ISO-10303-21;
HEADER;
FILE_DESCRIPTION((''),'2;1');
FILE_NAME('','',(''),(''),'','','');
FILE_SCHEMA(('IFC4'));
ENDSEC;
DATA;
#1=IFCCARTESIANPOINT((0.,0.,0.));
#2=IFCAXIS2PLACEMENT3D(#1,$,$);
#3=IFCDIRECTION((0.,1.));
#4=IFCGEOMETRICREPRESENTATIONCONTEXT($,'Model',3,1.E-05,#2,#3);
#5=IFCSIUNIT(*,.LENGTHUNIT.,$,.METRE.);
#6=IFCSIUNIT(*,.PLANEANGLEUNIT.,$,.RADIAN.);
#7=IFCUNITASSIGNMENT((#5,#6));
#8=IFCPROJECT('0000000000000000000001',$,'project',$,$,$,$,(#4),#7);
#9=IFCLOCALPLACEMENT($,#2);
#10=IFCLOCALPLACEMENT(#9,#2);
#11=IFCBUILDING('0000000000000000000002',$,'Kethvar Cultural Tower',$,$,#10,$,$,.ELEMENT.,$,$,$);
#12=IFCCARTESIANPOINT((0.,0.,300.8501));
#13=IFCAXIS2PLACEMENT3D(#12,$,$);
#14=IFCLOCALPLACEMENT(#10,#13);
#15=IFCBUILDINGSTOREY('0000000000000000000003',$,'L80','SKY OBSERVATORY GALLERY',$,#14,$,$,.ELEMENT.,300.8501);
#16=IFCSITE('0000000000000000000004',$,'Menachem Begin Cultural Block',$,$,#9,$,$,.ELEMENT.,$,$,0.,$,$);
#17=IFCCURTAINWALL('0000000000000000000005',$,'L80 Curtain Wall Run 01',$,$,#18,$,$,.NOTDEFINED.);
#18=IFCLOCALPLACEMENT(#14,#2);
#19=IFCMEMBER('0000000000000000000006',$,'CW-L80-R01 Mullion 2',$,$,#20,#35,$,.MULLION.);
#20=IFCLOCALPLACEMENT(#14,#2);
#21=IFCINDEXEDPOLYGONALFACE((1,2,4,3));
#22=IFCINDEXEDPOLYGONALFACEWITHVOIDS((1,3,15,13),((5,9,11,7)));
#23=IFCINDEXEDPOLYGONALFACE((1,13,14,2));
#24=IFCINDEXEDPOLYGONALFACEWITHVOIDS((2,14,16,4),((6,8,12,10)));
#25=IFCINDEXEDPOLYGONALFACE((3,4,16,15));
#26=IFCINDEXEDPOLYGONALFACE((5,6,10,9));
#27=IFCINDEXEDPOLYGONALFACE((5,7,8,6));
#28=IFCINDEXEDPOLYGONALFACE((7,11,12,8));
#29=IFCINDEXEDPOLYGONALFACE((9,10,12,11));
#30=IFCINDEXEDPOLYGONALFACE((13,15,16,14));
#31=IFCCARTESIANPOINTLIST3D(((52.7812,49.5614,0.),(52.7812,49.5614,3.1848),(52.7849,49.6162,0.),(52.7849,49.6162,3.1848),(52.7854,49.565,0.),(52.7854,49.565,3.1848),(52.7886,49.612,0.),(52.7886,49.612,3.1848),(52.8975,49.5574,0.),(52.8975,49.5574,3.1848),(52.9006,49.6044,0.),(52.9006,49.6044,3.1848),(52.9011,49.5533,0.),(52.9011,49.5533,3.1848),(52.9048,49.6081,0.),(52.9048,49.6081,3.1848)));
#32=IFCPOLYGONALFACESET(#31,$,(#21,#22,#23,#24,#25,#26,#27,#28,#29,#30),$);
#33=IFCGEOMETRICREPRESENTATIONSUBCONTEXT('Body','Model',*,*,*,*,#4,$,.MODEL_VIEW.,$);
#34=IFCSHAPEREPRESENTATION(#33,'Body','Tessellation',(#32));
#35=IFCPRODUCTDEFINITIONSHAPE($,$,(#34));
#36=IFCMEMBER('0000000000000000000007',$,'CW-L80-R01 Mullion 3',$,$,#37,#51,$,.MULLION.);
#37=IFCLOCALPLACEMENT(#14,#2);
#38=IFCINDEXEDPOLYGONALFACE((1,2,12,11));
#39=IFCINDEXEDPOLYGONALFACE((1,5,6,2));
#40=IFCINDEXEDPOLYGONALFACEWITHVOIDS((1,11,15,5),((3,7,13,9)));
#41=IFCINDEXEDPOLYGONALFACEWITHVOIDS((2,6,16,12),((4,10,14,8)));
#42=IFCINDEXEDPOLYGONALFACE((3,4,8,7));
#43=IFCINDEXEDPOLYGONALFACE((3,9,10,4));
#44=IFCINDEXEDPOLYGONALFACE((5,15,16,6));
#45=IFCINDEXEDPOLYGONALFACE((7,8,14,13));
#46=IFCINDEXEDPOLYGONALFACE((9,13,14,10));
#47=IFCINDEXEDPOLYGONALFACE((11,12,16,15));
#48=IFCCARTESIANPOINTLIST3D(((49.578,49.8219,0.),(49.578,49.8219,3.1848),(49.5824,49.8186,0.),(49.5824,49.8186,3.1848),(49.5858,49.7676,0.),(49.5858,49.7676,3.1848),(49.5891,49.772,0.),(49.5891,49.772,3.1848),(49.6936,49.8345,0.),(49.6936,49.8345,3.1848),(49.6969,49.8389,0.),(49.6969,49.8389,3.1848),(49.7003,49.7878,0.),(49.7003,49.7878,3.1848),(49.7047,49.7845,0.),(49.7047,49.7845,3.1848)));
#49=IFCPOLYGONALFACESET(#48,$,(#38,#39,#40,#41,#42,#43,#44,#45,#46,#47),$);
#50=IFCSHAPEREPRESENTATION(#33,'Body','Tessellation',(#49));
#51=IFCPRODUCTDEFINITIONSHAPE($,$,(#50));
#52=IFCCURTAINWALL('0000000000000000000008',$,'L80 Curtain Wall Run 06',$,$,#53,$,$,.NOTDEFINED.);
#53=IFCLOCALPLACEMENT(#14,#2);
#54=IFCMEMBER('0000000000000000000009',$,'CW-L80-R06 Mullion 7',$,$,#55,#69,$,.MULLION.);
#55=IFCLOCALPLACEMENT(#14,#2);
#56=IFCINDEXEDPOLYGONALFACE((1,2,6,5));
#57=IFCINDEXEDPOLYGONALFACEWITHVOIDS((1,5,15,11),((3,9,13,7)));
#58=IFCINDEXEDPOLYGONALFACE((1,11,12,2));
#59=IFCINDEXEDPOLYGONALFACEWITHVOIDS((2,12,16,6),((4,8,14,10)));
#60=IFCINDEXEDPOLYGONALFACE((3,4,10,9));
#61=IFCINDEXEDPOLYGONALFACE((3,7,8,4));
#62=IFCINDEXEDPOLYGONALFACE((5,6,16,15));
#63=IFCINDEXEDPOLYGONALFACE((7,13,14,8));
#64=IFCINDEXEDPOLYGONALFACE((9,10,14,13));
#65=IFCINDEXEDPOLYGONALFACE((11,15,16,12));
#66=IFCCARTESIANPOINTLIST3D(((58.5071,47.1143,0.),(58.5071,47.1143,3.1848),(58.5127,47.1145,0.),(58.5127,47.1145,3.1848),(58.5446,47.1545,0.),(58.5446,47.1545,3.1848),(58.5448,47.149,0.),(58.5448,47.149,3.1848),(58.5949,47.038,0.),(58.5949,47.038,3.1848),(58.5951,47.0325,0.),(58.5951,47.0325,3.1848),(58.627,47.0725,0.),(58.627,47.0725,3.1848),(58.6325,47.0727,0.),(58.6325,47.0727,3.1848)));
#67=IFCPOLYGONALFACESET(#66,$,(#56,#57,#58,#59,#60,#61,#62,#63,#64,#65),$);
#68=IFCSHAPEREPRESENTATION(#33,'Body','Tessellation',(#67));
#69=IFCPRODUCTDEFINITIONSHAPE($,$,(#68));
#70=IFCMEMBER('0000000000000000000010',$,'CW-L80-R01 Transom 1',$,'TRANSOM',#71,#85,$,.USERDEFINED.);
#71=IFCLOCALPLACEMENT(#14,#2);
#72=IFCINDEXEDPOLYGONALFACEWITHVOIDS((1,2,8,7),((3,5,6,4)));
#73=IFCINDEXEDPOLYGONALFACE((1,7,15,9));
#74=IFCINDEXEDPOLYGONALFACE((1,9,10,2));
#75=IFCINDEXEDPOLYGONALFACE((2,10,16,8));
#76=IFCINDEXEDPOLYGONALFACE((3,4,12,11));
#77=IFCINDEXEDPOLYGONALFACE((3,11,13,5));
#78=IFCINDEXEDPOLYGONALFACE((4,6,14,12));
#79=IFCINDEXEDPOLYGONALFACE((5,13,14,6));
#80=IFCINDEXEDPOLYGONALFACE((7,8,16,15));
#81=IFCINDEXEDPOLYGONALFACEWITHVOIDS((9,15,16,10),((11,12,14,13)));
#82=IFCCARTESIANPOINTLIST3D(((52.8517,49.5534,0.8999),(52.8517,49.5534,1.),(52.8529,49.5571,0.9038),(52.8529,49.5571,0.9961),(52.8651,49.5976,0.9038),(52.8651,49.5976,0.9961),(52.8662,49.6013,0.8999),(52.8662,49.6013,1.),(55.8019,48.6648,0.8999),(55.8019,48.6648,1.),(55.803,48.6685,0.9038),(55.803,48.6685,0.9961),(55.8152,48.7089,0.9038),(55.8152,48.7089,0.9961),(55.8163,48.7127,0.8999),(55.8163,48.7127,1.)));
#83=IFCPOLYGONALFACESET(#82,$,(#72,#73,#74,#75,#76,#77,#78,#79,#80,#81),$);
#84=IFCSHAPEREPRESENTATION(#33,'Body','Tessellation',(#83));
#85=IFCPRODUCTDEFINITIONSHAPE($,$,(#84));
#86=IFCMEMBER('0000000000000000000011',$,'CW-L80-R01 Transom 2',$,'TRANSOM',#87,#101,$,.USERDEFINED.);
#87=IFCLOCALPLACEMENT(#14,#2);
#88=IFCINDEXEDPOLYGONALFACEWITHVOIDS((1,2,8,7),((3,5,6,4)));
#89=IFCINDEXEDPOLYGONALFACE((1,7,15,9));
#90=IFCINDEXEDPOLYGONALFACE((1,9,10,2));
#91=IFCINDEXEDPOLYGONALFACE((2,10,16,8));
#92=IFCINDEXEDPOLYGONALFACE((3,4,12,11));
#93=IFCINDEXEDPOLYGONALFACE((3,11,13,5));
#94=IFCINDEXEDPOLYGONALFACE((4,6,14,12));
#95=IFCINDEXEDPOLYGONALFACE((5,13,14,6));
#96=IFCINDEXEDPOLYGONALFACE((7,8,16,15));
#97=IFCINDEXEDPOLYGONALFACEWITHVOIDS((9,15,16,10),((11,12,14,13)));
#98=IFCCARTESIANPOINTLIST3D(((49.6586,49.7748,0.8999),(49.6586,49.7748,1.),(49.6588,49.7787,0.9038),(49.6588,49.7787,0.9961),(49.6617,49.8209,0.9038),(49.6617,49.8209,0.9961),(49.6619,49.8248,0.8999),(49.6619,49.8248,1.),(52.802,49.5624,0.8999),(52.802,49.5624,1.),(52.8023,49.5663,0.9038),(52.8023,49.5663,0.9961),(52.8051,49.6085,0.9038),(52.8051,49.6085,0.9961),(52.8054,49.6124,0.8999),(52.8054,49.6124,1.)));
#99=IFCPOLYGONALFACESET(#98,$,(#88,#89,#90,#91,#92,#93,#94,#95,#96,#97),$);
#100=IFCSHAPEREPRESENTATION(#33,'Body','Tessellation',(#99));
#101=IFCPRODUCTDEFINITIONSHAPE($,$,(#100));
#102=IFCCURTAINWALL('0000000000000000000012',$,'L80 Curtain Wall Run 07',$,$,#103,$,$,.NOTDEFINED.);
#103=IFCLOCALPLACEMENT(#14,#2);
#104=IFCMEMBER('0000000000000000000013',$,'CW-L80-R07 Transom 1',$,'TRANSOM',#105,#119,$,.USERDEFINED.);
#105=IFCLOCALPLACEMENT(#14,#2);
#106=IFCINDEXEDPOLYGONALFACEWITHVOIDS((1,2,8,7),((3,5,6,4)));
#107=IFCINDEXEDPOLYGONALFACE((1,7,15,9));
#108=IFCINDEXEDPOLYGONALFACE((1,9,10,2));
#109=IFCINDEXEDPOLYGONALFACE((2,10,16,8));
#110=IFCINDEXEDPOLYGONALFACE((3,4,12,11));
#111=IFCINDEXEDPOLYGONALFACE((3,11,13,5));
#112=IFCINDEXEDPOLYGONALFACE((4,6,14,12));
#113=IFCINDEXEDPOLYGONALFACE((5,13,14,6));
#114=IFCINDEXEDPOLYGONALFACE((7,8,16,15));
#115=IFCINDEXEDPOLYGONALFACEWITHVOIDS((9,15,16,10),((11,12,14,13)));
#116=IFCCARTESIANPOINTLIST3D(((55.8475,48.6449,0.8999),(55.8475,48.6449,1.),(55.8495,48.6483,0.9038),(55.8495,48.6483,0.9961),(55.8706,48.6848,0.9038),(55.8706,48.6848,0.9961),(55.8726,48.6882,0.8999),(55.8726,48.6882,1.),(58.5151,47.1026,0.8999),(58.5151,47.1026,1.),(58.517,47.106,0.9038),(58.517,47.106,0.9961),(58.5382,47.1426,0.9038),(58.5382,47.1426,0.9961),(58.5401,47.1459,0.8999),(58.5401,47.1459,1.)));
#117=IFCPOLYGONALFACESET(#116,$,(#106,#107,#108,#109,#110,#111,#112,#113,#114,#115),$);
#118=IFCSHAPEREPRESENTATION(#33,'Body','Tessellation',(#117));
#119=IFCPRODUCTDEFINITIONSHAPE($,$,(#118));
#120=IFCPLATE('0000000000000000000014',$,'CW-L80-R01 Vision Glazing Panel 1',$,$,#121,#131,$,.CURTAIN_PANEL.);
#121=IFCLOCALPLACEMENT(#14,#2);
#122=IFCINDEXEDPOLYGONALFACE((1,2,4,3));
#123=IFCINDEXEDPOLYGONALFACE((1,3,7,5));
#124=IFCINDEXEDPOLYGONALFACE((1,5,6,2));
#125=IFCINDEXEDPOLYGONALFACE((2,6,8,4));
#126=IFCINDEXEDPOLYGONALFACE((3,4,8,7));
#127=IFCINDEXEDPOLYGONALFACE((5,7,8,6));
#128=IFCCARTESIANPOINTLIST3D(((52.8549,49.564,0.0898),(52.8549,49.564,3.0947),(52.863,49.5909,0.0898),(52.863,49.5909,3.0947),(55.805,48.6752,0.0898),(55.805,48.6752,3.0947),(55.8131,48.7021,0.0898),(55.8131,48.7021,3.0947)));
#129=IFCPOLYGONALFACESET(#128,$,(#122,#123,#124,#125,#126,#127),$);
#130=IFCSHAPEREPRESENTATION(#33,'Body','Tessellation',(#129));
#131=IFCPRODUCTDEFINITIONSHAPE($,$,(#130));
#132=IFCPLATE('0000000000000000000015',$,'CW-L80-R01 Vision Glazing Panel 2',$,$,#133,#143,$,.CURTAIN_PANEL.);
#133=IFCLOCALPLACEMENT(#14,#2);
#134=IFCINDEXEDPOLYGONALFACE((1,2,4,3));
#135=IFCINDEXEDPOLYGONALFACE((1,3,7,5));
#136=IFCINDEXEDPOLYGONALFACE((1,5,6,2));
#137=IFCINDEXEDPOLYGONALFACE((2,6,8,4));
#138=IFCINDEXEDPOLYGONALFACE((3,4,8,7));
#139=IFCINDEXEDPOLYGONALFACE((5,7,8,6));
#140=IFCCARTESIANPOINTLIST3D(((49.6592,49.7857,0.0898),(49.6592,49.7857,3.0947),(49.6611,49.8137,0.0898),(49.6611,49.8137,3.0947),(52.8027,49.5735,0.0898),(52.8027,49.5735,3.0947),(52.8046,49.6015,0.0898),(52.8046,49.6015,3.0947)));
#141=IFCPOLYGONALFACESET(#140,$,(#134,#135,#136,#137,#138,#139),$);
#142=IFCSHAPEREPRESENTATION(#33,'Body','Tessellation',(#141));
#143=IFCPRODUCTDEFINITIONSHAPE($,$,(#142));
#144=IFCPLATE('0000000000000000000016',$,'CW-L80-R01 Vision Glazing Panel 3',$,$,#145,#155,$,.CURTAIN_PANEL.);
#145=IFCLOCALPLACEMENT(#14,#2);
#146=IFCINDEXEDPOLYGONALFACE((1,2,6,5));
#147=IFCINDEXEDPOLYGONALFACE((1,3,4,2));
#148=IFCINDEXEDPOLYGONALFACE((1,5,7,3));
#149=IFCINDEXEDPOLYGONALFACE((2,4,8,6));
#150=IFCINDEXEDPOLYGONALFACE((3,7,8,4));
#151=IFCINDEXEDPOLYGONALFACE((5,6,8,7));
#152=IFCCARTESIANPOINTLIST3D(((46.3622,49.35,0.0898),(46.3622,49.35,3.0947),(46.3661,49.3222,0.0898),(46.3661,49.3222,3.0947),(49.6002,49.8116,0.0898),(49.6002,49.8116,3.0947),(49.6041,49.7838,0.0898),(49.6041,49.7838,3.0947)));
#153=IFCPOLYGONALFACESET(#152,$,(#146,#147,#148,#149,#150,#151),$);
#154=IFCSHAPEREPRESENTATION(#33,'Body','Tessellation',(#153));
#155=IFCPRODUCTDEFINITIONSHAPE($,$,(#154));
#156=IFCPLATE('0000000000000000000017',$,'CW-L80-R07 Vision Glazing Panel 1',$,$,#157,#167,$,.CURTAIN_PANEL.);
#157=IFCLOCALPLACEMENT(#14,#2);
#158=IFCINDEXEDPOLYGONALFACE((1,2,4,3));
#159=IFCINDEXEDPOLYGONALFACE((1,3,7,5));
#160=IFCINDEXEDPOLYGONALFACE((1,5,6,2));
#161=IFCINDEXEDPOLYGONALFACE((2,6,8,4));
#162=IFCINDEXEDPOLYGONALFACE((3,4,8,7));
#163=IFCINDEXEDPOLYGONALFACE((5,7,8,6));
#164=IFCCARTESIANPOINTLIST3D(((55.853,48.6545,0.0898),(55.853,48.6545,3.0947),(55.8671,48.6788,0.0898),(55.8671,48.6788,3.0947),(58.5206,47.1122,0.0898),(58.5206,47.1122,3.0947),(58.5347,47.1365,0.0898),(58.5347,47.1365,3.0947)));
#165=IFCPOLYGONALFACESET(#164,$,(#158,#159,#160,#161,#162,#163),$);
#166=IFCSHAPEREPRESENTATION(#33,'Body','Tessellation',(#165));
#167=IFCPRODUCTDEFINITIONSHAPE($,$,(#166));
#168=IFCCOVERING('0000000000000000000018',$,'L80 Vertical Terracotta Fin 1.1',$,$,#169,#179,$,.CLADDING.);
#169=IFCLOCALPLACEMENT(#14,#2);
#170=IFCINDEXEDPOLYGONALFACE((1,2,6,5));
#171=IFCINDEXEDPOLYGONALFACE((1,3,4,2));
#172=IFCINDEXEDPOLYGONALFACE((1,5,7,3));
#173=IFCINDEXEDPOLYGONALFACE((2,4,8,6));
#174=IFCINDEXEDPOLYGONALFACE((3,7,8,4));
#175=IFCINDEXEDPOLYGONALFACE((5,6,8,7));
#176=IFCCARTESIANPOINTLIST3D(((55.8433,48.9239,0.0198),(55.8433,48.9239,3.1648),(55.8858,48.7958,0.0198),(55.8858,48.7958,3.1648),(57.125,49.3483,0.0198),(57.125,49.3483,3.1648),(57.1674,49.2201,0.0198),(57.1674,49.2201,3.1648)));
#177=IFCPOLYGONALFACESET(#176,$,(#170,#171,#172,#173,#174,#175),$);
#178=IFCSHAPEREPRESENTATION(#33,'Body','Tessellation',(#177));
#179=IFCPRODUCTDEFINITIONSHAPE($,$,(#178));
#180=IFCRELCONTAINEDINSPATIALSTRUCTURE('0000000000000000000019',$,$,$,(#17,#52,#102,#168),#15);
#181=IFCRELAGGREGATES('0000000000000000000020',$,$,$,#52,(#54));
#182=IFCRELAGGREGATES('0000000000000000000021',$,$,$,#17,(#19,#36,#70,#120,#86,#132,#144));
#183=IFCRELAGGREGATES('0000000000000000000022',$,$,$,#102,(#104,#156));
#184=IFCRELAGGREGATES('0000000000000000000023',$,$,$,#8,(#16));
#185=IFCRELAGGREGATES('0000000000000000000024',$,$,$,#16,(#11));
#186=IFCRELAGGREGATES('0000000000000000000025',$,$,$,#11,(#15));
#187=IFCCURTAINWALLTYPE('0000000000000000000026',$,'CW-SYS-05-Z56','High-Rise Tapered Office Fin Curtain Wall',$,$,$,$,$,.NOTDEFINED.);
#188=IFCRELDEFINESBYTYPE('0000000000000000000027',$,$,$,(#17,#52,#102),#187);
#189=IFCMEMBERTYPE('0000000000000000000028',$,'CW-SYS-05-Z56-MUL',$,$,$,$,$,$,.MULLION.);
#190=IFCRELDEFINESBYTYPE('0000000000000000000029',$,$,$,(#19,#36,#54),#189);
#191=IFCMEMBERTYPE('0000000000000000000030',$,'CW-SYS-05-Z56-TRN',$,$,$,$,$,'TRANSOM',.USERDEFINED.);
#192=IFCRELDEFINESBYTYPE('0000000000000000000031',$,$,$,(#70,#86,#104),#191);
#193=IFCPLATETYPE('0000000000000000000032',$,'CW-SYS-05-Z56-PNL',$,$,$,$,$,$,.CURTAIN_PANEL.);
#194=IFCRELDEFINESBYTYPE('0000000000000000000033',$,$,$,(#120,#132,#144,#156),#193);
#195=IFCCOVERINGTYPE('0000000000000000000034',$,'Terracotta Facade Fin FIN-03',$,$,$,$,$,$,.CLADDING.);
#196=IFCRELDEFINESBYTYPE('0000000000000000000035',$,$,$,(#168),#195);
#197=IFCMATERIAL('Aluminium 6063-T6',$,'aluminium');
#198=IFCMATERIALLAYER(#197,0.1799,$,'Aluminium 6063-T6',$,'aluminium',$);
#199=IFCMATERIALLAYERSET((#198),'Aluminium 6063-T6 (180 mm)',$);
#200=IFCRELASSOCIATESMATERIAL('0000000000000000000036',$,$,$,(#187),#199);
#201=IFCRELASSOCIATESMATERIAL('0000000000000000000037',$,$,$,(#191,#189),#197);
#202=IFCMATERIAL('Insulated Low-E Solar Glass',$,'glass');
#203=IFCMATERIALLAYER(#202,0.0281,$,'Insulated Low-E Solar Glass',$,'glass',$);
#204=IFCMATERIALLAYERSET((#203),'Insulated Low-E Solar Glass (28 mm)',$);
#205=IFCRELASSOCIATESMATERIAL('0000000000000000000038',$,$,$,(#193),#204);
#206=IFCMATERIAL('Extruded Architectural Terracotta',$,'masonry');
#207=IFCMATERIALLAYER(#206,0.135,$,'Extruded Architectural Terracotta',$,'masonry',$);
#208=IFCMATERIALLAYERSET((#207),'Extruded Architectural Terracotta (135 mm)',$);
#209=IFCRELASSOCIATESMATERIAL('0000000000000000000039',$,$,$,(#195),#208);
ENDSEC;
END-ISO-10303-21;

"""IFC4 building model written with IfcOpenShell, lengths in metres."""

from ifc_helpers import new_model, si_unit, direction, frame, origin, origin_2d, place, context, subcontext, project, spatial, rectangle, hollow_rectangle, extrude, source, transform, mapped, material, layer, layer_set, material_profile, profile_set, type_object, element, aggregate, save


model = new_model("IFC4")

# Units and contexts
model_context = context("Model", 3, precision=1e-05, world=origin(), true_north=direction((0.0, 1.0)))
body_context = subcontext(model_context, "Body", "Model", "MODEL_VIEW")
ifc_project = project(units=[si_unit("LENGTHUNIT", "METRE"), si_unit("PLANEANGLEUNIT", "RADIAN")], contexts=[model_context])

# Site, building, storey
site_placement = place(None, origin())
site = spatial("IfcSite", under=ifc_project, at=site_placement, Name="Menachem Begin Cultural Block", CompositionType="ELEMENT", RefElevation=0.0)
building_placement = place(site_placement, origin())
building = spatial("IfcBuilding", under=site, at=building_placement, Name="Kethvar Cultural Tower", CompositionType="ELEMENT")
storey_placement = place(building_placement, frame((0.0, 0.0, 300.8501)))
storey = spatial("IfcBuildingStorey", under=building, at=storey_placement, Name="L80", Description="SKY OBSERVATORY GALLERY", CompositionType="ELEMENT", Elevation=300.8501)

# Curtain wall, members
ifc_material_1 = material(Name="Aluminium 6063-T6", Category="aluminium")
ifc_layer_1 = layer(ifc_material_1, 0.1799, Name="Aluminium 6063-T6", Category="aluminium")
ifc_layer_set_1 = layer_set([ifc_layer_1], Name="Aluminium 6063-T6 (180 mm)")
curtain_wall_type = type_object("IfcCurtainWallType", Name="CW-SYS-05-Z56", Description="High-Rise Tapered Office Fin Curtain Wall", PredefinedType="NOTDEFINED", material=ifc_layer_set_1)
curtain_wall_1_placement = place(storey_placement, origin())
curtain_wall_1 = element("IfcCurtainWall", 1, at=curtain_wall_1_placement, inside=storey, type_object=curtain_wall_type, Name="L80 Curtain Wall Run 01", PredefinedType="NOTDEFINED")
ifc_material_profile_1 = material_profile(ifc_material_1, hollow_rectangle(XDim=0.05, YDim=0.1001, WallThickness=0.0039, at=origin_2d()), Name="Aluminium 6063-T6 — RHS100x50x4")
ifc_profile_set_1 = profile_set([ifc_material_profile_1], Name="Aluminium 6063-T6 — RHS100x50x4")
member_type_1 = type_object("IfcMemberType", Name="CW-SYS-05-Z56-TRN", ElementType="TRANSOM", PredefinedType="USERDEFINED", material=ifc_profile_set_1)
ifc_material_profile_2 = material_profile(ifc_material_1, hollow_rectangle(XDim=0.0549, YDim=0.1201, WallThickness=0.0039, at=origin_2d()), Name="Aluminium 6063-T6 — RHS120x55x4")
ifc_profile_set_2 = profile_set([ifc_material_profile_2], Name="Aluminium 6063-T6 — RHS120x55x4")
member_type_2 = type_object("IfcMemberType", Name="CW-SYS-05-Z56-MUL", PredefinedType="MULLION", material=ifc_profile_set_2)
shared_shape_1 = source(origin(), body_context, "Body", "SweptSolid", [
    extrude(hollow_rectangle(XDim=0.0549, YDim=0.1201, WallThickness=0.0039, at=origin_2d()), origin(), (0.0, 0.0, 1.0), 3.1848),
])
member_1_placement = place(storey_placement, frame((52.843, 49.5847, 0.0), z_axis=(0.0, 0.0, 1.0), x_axis=(-0.067371, -0.997728, 0.0)))
member_1 = element("IfcMember", 2, at=member_1_placement, type_object=member_type_2, Name="CW-L80-R01 Mullion 2", PredefinedType="MULLION", context=body_context, shape_type="MappedRepresentation", body=[
    mapped(shared_shape_1, transform((0.0, 0.0, 0.0), scale=1.0)),
])
member_2_placement = place(storey_placement, frame((49.6414, 49.8032, 0.0), z_axis=(0.0, 0.0, 1.0), x_axis=(0.141109, -0.989994, 0.0)))
member_2 = element("IfcMember", 3, at=member_2_placement, type_object=member_type_2, Name="CW-L80-R01 Mullion 3", PredefinedType="MULLION", context=body_context, shape_type="MappedRepresentation", body=[
    mapped(shared_shape_1, transform((0.0, 0.0, 0.0), scale=1.0)),
])

# Curtain wall, member
curtain_wall_2_placement = place(storey_placement, origin())
curtain_wall_2 = element("IfcCurtainWall", 4, at=curtain_wall_2_placement, inside=storey, type_object=curtain_wall_type, Name="L80 Curtain Wall Run 06", PredefinedType="NOTDEFINED")
member_3_placement = place(storey_placement, frame((58.5698, 47.0935, 0.0), z_axis=(0.0, 0.0, 1.0), x_axis=(-0.681181, -0.732115, 0.0)))
member_3 = element("IfcMember", 5, at=member_3_placement, type_object=member_type_2, Name="CW-L80-R06 Mullion 7", PredefinedType="MULLION", context=body_context, shape_type="MappedRepresentation", body=[
    mapped(shared_shape_1, transform((0.0, 0.0, 0.0), scale=1.0)),
])
aggregate(curtain_wall_2, [member_3])

# Members
shared_shape_2 = source(origin(), body_context, "Body", "SweptSolid", [
    extrude(hollow_rectangle(XDim=0.05, YDim=0.1001, WallThickness=0.0039, at=origin_2d()), origin(), (0.0, 0.0, 1.0), 3.0811),
])
member_4_placement = place(storey_placement, frame((55.8091, 48.6887, 0.95), z_axis=(-0.957503, 0.288424, 0.0), x_axis=(-0.288424, -0.957503, 0.0)))
member_4 = element("IfcMember", 6, at=member_4_placement, type_object=member_type_1, Name="CW-L80-R01 Transom 1", ObjectType="TRANSOM", PredefinedType="USERDEFINED", context=body_context, shape_type="MappedRepresentation", body=[
    mapped(shared_shape_2, transform((0.0, 0.0, 0.0), scale=1.0)),
])
shared_shape_3 = source(origin(), body_context, "Body", "SweptSolid", [
    extrude(hollow_rectangle(XDim=0.05, YDim=0.1001, WallThickness=0.0039, at=origin_2d()), origin(), (0.0, 0.0, 1.0), 3.1506),
])
member_5_placement = place(storey_placement, frame((52.8037, 49.5874, 0.95), z_axis=(-0.997725, 0.067414, 0.0), x_axis=(-0.067414, -0.997725, 0.0)))
member_5 = element("IfcMember", 7, at=member_5_placement, type_object=member_type_1, Name="CW-L80-R01 Transom 2", ObjectType="TRANSOM", PredefinedType="USERDEFINED", context=body_context, shape_type="MappedRepresentation", body=[
    mapped(shared_shape_3, transform((0.0, 0.0, 0.0), scale=1.0)),
])

# Curtain wall, member
curtain_wall_3_placement = place(storey_placement, origin())
curtain_wall_3 = element("IfcCurtainWall", 8, at=curtain_wall_3_placement, inside=storey, type_object=curtain_wall_type, Name="L80 Curtain Wall Run 07", PredefinedType="NOTDEFINED")
shared_shape_4 = source(origin(), body_context, "Body", "SweptSolid", [
    extrude(hollow_rectangle(XDim=0.05, YDim=0.1001, WallThickness=0.0039, at=origin_2d()), origin(), (0.0, 0.0, 1.0), 3.0813),
])
member_6_placement = place(storey_placement, frame((58.5276, 47.1243, 0.95), z_axis=(-0.865721, 0.500527, 0.0), x_axis=(-0.500527, -0.865721, 0.0)))
member_6 = element("IfcMember", 9, at=member_6_placement, type_object=member_type_1, Name="CW-L80-R07 Transom 1", ObjectType="TRANSOM", PredefinedType="USERDEFINED", context=body_context, shape_type="MappedRepresentation", body=[
    mapped(shared_shape_4, transform((0.0, 0.0, 0.0), scale=1.0)),
])

# Plates
ifc_material_2 = material(Name="Insulated Low-E Solar Glass", Category="glass")
ifc_layer_2 = layer(ifc_material_2, 0.0281, Name="Insulated Low-E Solar Glass", Category="glass")
ifc_layer_set_2 = layer_set([ifc_layer_2], Name="Insulated Low-E Solar Glass (28 mm)")
plate_type = type_object("IfcPlateType", Name="CW-SYS-05-Z56-PNL", PredefinedType="CURTAIN_PANEL", material=ifc_layer_set_2)
shared_shape_5 = source(origin(), body_context, "Body", "SweptSolid", [
    extrude(rectangle(XDim=3.0811, YDim=0.0281, at=origin_2d()), origin(), (0.0, 0.0, 1.0), 3.0049),
])
plate_1_placement = place(storey_placement, frame((54.334, 49.1331, 0.0898), z_axis=(0.0, 0.0, 1.0), x_axis=(-0.957486, 0.28848, 0.0)))
plate_1 = element("IfcPlate", 10, at=plate_1_placement, type_object=plate_type, Name="CW-L80-R01 Vision Glazing Panel 1", PredefinedType="CURTAIN_PANEL", context=body_context, shape_type="MappedRepresentation", body=[
    mapped(shared_shape_5, transform((0.0, 0.0, 0.0), scale=1.0)),
])
shared_shape_6 = source(origin(), body_context, "Body", "SweptSolid", [
    extrude(rectangle(XDim=3.1506, YDim=0.0281, at=origin_2d()), origin(), (0.0, 0.0, 1.0), 3.0049),
])
plate_2_placement = place(storey_placement, frame((51.2319, 49.6936, 0.0898), z_axis=(0.0, 0.0, 1.0), x_axis=(-0.997728, 0.067371, 0.0)))
plate_2 = element("IfcPlate", 11, at=plate_2_placement, type_object=plate_type, Name="CW-L80-R01 Vision Glazing Panel 2", PredefinedType="CURTAIN_PANEL", context=body_context, shape_type="MappedRepresentation", body=[
    mapped(shared_shape_6, transform((0.0, 0.0, 0.0), scale=1.0)),
])
shared_shape_7 = source(origin(), body_context, "Body", "SweptSolid", [
    extrude(rectangle(XDim=3.2708, YDim=0.0281, at=origin_2d()), origin(), (0.0, 0.0, 1.0), 3.0049),
])
plate_3_placement = place(storey_placement, frame((47.9832, 49.5669, 0.0898), z_axis=(0.0, 0.0, 1.0), x_axis=(-0.989994, -0.141109, 0.0)))
plate_3 = element("IfcPlate", 12, at=plate_3_placement, type_object=plate_type, Name="CW-L80-R01 Vision Glazing Panel 3", PredefinedType="CURTAIN_PANEL", context=body_context, shape_type="MappedRepresentation", body=[
    mapped(shared_shape_7, transform((0.0, 0.0, 0.0), scale=1.0)),
])
aggregate(curtain_wall_1, [member_1, member_2, member_4, plate_1, member_5, plate_2, plate_3])
shared_shape_8 = source(origin(), body_context, "Body", "SweptSolid", [
    extrude(rectangle(XDim=3.0813, YDim=0.0281, at=origin_2d()), origin(), (0.0, 0.0, 1.0), 3.0049),
])
plate_4_placement = place(storey_placement, frame((57.1938, 47.8955, 0.0898), z_axis=(0.0, 0.0, 1.0), x_axis=(-0.865729, 0.500514, 0.0)))
plate_4 = element("IfcPlate", 13, at=plate_4_placement, type_object=plate_type, Name="CW-L80-R07 Vision Glazing Panel 1", PredefinedType="CURTAIN_PANEL", context=body_context, shape_type="MappedRepresentation", body=[
    mapped(shared_shape_8, transform((0.0, 0.0, 0.0), scale=1.0)),
])
aggregate(curtain_wall_3, [member_6, plate_4])

# Covering
ifc_material_3 = material(Name="Extruded Architectural Terracotta", Category="masonry")
ifc_layer_3 = layer(ifc_material_3, 0.135, Name="Extruded Architectural Terracotta", Category="masonry")
ifc_layer_set_3 = layer_set([ifc_layer_3], Name="Extruded Architectural Terracotta (135 mm)")
covering_type = type_object("IfcCoveringType", Name="Terracotta Facade Fin FIN-03", PredefinedType="CLADDING", material=ifc_layer_set_3)
shared_shape_9 = source(origin(), body_context, "Body", "SweptSolid", [
    extrude(rectangle(XDim=1.3501, YDim=0.135, at=origin_2d()), origin(), (0.0, 0.0, 1.0), 3.145),
])
for number, where, z_axis, x_axis, name in (
    (14, (56.5054, 49.072, 0.0198), (0.0, 0.0, 1.0), (0.949316, 0.314324, 0.0), "L80 Vertical Terracotta Fin 1.1"),
):
    element("IfcCovering", number, at=place(storey_placement, frame(where, z_axis=z_axis, x_axis=x_axis)), inside=storey, type_object=covering_type, Name=name, PredefinedType="CLADDING", context=body_context, shape_type="MappedRepresentation", body=[
        mapped(shared_shape_9, transform((0.0, 0.0, 0.0), scale=1.0)),
    ])

save(model, "model.ifc")
